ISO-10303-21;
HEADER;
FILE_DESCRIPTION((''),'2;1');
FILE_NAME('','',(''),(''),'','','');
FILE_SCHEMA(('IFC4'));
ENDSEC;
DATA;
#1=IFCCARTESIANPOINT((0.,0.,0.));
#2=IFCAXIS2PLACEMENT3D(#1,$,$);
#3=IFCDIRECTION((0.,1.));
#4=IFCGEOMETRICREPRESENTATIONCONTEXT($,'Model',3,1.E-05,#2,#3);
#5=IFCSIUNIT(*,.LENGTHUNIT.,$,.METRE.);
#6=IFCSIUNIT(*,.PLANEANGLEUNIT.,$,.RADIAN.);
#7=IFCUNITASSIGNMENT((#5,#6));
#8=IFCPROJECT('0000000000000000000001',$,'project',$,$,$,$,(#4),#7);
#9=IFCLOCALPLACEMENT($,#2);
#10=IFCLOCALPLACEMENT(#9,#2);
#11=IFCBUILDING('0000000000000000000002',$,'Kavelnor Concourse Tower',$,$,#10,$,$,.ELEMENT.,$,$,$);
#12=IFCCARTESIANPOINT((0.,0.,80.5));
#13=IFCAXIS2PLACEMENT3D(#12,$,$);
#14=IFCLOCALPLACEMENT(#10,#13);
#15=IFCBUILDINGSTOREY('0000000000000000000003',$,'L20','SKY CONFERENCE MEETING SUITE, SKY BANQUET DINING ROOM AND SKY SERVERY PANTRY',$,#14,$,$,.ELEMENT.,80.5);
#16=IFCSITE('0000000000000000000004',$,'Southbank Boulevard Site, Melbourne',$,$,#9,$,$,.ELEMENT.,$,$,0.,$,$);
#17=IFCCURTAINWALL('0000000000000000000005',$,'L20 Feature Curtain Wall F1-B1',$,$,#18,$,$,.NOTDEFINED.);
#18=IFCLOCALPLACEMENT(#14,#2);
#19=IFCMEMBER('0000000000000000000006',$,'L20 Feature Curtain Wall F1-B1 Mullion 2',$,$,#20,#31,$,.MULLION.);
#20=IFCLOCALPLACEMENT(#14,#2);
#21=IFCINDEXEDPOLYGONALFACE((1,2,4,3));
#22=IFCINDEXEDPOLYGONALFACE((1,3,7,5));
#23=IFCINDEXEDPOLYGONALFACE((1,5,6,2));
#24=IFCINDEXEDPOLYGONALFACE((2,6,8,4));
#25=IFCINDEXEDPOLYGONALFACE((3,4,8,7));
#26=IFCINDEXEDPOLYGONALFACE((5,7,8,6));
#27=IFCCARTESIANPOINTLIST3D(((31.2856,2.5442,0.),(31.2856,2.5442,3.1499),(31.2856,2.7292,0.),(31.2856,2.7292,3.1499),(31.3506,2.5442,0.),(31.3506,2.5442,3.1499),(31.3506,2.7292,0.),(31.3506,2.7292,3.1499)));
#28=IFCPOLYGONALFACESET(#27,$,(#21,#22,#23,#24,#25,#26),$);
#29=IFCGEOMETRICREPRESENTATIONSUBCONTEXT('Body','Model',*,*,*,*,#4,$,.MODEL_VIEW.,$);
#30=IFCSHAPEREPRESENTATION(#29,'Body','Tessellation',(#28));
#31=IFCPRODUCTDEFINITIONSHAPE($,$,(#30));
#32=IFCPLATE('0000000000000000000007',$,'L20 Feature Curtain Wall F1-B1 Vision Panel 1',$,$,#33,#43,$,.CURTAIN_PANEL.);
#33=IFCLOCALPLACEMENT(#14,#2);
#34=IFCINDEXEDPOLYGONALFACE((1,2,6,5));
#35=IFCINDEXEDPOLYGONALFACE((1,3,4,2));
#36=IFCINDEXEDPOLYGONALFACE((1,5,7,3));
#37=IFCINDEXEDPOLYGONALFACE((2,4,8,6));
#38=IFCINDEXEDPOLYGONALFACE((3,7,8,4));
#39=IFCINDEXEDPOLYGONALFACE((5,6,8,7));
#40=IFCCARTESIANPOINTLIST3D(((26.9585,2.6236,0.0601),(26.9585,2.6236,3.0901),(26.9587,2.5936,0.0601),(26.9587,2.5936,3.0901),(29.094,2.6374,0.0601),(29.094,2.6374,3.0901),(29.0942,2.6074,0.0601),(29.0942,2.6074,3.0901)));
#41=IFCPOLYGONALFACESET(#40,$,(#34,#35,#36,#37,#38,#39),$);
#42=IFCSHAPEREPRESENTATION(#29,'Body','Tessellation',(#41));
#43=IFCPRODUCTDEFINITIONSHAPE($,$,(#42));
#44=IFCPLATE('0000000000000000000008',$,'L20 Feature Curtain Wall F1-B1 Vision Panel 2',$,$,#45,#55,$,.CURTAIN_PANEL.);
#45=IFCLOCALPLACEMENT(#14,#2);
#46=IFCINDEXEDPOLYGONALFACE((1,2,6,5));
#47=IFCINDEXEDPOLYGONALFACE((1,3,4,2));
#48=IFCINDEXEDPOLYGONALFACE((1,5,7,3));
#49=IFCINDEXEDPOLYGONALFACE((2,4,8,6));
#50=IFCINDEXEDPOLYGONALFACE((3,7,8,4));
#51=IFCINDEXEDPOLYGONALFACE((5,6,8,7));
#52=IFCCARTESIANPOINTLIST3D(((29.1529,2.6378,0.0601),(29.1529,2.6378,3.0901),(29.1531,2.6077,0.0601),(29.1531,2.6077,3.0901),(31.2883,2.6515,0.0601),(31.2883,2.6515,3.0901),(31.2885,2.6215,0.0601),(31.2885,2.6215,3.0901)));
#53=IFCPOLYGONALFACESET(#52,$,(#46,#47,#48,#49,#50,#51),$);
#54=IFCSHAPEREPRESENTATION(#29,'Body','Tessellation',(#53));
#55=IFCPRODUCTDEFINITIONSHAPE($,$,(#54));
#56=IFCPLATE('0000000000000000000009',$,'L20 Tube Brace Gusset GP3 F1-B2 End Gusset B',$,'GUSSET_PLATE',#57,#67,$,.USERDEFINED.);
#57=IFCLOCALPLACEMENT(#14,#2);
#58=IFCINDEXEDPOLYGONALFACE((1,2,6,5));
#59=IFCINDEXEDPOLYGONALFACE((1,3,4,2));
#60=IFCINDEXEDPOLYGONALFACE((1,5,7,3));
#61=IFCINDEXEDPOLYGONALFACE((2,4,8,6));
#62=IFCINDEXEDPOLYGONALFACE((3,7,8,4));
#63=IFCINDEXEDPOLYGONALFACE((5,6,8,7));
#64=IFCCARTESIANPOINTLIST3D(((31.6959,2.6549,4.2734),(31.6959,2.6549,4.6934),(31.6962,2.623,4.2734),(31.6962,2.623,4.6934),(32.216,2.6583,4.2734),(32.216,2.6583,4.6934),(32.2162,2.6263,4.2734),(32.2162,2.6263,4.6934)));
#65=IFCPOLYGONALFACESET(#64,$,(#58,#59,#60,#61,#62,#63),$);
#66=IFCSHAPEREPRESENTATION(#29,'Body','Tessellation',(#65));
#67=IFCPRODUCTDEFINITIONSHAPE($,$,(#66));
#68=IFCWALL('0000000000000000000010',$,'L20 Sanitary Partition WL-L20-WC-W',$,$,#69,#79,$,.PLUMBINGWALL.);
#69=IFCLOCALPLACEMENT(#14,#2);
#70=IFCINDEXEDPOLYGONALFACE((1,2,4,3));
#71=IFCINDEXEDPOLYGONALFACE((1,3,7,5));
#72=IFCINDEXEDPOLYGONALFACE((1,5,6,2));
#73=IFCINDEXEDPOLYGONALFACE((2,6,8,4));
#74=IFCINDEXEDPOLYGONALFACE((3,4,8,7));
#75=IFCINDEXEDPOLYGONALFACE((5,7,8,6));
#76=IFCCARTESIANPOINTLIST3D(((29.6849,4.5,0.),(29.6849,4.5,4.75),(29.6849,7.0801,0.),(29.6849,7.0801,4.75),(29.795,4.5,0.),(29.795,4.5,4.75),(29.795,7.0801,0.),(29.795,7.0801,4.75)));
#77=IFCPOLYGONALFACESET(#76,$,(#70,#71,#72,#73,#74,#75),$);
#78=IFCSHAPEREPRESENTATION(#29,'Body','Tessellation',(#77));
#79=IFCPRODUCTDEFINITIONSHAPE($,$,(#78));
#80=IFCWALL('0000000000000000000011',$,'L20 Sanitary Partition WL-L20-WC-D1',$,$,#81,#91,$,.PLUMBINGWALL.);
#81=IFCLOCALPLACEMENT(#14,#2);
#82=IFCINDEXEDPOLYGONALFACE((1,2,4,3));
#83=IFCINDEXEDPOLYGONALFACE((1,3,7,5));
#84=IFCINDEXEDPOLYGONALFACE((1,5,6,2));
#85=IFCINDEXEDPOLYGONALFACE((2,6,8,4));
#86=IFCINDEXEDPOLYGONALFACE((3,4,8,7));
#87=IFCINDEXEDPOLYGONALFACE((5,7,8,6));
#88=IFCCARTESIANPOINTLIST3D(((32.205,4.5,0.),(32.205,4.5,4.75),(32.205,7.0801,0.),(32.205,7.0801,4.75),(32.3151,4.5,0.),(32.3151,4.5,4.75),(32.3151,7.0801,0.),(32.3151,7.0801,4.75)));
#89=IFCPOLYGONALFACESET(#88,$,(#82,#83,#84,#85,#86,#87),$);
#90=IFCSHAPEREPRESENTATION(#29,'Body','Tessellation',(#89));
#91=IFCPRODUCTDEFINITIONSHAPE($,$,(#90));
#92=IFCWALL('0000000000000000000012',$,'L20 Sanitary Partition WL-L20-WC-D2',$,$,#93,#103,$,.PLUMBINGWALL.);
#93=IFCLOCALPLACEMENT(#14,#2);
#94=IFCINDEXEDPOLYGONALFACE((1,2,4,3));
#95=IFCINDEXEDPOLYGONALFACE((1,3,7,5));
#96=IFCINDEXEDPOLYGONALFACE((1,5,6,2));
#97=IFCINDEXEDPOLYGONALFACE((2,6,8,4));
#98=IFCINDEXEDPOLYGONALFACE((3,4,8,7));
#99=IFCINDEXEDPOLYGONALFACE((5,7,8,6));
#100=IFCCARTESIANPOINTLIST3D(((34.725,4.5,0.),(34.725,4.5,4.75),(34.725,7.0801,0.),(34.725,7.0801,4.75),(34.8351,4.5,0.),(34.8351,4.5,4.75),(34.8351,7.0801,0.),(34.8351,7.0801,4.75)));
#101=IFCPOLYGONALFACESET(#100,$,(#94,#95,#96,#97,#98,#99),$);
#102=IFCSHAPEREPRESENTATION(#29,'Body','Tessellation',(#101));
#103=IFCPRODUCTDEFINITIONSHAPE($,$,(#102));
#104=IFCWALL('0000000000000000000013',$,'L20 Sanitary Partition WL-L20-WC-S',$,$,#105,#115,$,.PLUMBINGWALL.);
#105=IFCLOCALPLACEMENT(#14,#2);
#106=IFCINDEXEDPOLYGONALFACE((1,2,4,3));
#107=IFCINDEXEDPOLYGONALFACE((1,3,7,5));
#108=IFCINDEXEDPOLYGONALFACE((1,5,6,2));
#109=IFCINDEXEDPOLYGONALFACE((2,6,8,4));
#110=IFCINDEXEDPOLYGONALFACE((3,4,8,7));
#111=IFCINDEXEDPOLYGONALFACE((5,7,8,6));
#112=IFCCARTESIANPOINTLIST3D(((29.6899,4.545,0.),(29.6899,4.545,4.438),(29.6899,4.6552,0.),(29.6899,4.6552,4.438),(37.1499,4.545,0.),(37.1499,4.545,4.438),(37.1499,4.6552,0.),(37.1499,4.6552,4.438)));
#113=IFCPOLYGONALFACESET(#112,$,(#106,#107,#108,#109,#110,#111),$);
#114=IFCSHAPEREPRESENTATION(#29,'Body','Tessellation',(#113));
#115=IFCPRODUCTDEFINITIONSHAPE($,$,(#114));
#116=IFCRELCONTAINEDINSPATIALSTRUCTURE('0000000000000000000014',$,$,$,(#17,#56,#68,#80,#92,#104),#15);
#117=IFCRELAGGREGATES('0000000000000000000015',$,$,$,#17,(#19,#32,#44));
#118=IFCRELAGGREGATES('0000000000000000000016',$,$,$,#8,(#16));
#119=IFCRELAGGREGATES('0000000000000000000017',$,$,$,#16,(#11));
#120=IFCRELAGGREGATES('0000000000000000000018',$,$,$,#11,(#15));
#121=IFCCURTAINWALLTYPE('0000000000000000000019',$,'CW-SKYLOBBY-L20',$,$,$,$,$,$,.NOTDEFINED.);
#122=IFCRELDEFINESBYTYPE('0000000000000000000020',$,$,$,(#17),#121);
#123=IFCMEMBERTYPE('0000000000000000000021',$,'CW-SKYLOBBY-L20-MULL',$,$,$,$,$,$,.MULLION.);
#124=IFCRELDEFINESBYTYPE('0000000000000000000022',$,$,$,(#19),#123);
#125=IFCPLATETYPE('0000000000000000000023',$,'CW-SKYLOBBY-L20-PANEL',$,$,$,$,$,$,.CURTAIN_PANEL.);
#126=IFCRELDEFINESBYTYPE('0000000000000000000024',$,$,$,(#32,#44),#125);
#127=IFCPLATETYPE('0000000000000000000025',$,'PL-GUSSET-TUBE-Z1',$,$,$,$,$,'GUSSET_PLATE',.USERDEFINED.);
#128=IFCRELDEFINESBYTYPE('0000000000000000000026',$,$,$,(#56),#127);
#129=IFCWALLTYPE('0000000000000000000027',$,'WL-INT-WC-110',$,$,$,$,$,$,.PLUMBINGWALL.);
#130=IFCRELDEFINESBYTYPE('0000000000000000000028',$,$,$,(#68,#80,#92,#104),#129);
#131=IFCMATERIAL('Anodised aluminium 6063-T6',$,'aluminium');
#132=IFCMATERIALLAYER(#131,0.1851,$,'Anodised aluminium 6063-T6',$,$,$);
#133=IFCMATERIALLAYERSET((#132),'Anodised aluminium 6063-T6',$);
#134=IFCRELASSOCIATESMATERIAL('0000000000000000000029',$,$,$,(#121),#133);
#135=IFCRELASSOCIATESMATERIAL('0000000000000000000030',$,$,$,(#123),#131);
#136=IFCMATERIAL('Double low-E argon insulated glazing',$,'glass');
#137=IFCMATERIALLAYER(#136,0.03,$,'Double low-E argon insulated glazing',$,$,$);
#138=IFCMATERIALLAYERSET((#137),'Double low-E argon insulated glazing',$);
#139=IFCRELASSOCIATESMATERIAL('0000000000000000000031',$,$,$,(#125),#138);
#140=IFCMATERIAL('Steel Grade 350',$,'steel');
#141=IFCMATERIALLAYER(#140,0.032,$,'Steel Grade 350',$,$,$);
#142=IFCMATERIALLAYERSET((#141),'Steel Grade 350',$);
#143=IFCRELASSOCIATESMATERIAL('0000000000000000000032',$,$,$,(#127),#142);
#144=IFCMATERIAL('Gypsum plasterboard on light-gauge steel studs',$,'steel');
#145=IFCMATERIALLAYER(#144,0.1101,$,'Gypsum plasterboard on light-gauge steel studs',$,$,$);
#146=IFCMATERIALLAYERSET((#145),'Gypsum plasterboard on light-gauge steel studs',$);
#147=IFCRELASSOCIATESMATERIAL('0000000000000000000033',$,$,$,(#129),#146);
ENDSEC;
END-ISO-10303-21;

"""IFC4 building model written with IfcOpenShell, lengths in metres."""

from ifc_helpers import new_model, si_unit, direction, frame, frame_2d, origin, origin_2d, place, context, subcontext, project, spatial, rectangle, extrude, material, layer, layer_set, material_profile, profile_set, type_object, element, aggregate, save


model = new_model("IFC4")

# Units and contexts
model_context = context("Model", 3, precision=1e-05, world=origin(), true_north=direction((0.0, 1.0)))
body_context = subcontext(model_context, "Body", "Model", "MODEL_VIEW")
ifc_project = project(units=[si_unit("LENGTHUNIT", "METRE"), si_unit("PLANEANGLEUNIT", "RADIAN")], contexts=[model_context])

# Site, building, storey
site_placement = place(None, origin())
site = spatial("IfcSite", under=ifc_project, at=site_placement, Name="Southbank Boulevard Site, Melbourne", CompositionType="ELEMENT", RefElevation=0.0)
building_placement = place(site_placement, origin())
building = spatial("IfcBuilding", under=site, at=building_placement, Name="Kavelnor Concourse Tower", CompositionType="ELEMENT")
storey_placement = place(building_placement, frame((0.0, 0.0, 80.5)))
storey = spatial("IfcBuildingStorey", under=building, at=storey_placement, Name="L20", Description="SKY CONFERENCE MEETING SUITE, SKY BANQUET DINING ROOM AND SKY SERVERY PANTRY", CompositionType="ELEMENT", Elevation=80.5)

# Shared definitions
ifc_material_1 = material(Name="Steel Grade 350", Category="steel")

# Curtain wall, member, plates
ifc_material_2 = material(Name="Anodised aluminium 6063-T6", Category="aluminium")
ifc_layer_1 = layer(ifc_material_2, 0.1851, Name="Anodised aluminium 6063-T6")
ifc_layer_set_1 = layer_set([ifc_layer_1], Name="Anodised aluminium 6063-T6")
curtain_wall_type = type_object("IfcCurtainWallType", Name="CW-SKYLOBBY-L20", PredefinedType="NOTDEFINED", material=ifc_layer_set_1)
curtain_wall_placement = place(storey_placement, origin())
curtain_wall = element("IfcCurtainWall", 1, at=curtain_wall_placement, inside=storey, type_object=curtain_wall_type, Name="L20 Feature Curtain Wall F1-B1", PredefinedType="NOTDEFINED")
ifc_material_profile_1 = material_profile(ifc_material_2, rectangle(XDim=0.0649, YDim=0.1851, at=origin_2d()), Name="AL-MULL 65x185")
ifc_profile_set_1 = profile_set([ifc_material_profile_1], Name="Anodised aluminium 6063-T6")
member_type = type_object("IfcMemberType", Name="CW-SKYLOBBY-L20-MULL", PredefinedType="MULLION", material=ifc_profile_set_1)
member_1_placement = place(storey_placement, frame((31.3181, 2.6367, 0.0), z_axis=(0.0, 0.0, 1.0), x_axis=(1.0, 0.0, 0.0)))
member_1 = element("IfcMember", 2, at=member_1_placement, type_object=member_type, Name="L20 Feature Curtain Wall F1-B1 Mullion 2", PredefinedType="MULLION", context=body_context, shape_type="SweptSolid", body=[
    extrude(rectangle(XDim=0.0649, YDim=0.1851, at=origin_2d()), origin(), (0.0, 0.0, 1.0), 3.1499),
])
ifc_material_3 = material(Name="Double low-E argon insulated glazing", Category="glass")
ifc_layer_2 = layer(ifc_material_3, 0.03, Name="Double low-E argon insulated glazing")
ifc_layer_set_2 = layer_set([ifc_layer_2], Name="Double low-E argon insulated glazing")
plate_type_1 = type_object("IfcPlateType", Name="CW-SKYLOBBY-L20-PANEL", PredefinedType="CURTAIN_PANEL", material=ifc_layer_set_2)
plate_1_placement = place(storey_placement, frame((28.0264, 2.6155, 0.0601), z_axis=(0.0, 0.0, 1.0), x_axis=(0.999979, 0.006458, 0.0)))
plate_1 = element("IfcPlate", 3, at=plate_1_placement, type_object=plate_type_1, Name="L20 Feature Curtain Wall F1-B1 Vision Panel 1", PredefinedType="CURTAIN_PANEL", context=body_context, shape_type="SweptSolid", body=[
    extrude(rectangle(XDim=2.1355, YDim=0.03, at=origin_2d()), origin(), (0.0, 0.0, 1.0), 3.03),
])
plate_2_placement = place(storey_placement, frame((30.2207, 2.6296, 0.0601), z_axis=(0.0, 0.0, 1.0), x_axis=(0.999979, 0.006458, 0.0)))
plate_2 = element("IfcPlate", 4, at=plate_2_placement, type_object=plate_type_1, Name="L20 Feature Curtain Wall F1-B1 Vision Panel 2", PredefinedType="CURTAIN_PANEL", context=body_context, shape_type="SweptSolid", body=[
    extrude(rectangle(XDim=2.1355, YDim=0.03, at=origin_2d()), origin(), (0.0, 0.0, 1.0), 3.03),
])
aggregate(curtain_wall, [member_1, plate_1, plate_2])

# Plate
ifc_layer_3 = layer(ifc_material_1, 0.032, Name="Steel Grade 350")
ifc_layer_set_3 = layer_set([ifc_layer_3], Name="Steel Grade 350")
plate_type_2 = type_object("IfcPlateType", Name="PL-GUSSET-TUBE-Z1", ElementType="GUSSET_PLATE", PredefinedType="USERDEFINED", material=ifc_layer_set_3)
plate_3_placement = place(storey_placement, frame((31.9561, 2.6406, 4.2734), z_axis=(0.0, 0.0, 1.0), x_axis=(-0.999979, -0.006458, 0.0)))
element("IfcPlate", 5, at=plate_3_placement, inside=storey, type_object=plate_type_2, Name="L20 Tube Brace Gusset GP3 F1-B2 End Gusset B", ObjectType="GUSSET_PLATE", PredefinedType="USERDEFINED", context=body_context, shape_type="SweptSolid", body=[
    extrude(rectangle(XDim=0.52, YDim=0.032, at=origin_2d()), origin(), (0.0, 0.0, 1.0), 0.4199),
])

# Walls
ifc_material_4 = material(Name="Gypsum plasterboard on light-gauge steel studs", Category="steel")
ifc_layer_4 = layer(ifc_material_4, 0.1101, Name="Gypsum plasterboard on light-gauge steel studs")
ifc_layer_set_4 = layer_set([ifc_layer_4], Name="Gypsum plasterboard on light-gauge steel studs")
wall_type = type_object("IfcWallType", Name="WL-INT-WC-110", PredefinedType="PLUMBINGWALL", material=ifc_layer_set_4)
for number, where, z_axis, x_axis, name in (
    (6, (29.74, 4.5, 0.0), (0.0, 0.0, 1.0), (0.0, 1.0, 0.0), "L20 Sanitary Partition WL-L20-WC-W"),
    (7, (32.26, 4.5, 0.0), (0.0, 0.0, 1.0), (0.0, 1.0, 0.0), "L20 Sanitary Partition WL-L20-WC-D1"),
    (8, (34.78, 4.5, 0.0), (0.0, 0.0, 1.0), (0.0, 1.0, 0.0), "L20 Sanitary Partition WL-L20-WC-D2"),
):
    element("IfcWall", number, at=place(storey_placement, frame(where, z_axis=z_axis, x_axis=x_axis)), inside=storey, type_object=wall_type, Name=name, PredefinedType="PLUMBINGWALL", context=body_context, shape_type="SweptSolid", body=[
        extrude(rectangle(XDim=2.5801, YDim=0.1101, at=frame_2d((1.29, 0.0))), origin(), (0.0, 0.0, 1.0), 4.75),
    ])
wall_placement = place(storey_placement, frame((29.6899, 4.6001, 0.0), z_axis=(0.0, 0.0, 1.0), x_axis=(1.0, 0.0, 0.0)))
element("IfcWall", 9, at=wall_placement, inside=storey, type_object=wall_type, Name="L20 Sanitary Partition WL-L20-WC-S", PredefinedType="PLUMBINGWALL", context=body_context, shape_type="SweptSolid", body=[
    extrude(rectangle(XDim=7.46, YDim=0.1101, at=frame_2d((3.73, 0.0))), origin(), (0.0, 0.0, 1.0), 4.438),
])

save(model, "model.ifc")
